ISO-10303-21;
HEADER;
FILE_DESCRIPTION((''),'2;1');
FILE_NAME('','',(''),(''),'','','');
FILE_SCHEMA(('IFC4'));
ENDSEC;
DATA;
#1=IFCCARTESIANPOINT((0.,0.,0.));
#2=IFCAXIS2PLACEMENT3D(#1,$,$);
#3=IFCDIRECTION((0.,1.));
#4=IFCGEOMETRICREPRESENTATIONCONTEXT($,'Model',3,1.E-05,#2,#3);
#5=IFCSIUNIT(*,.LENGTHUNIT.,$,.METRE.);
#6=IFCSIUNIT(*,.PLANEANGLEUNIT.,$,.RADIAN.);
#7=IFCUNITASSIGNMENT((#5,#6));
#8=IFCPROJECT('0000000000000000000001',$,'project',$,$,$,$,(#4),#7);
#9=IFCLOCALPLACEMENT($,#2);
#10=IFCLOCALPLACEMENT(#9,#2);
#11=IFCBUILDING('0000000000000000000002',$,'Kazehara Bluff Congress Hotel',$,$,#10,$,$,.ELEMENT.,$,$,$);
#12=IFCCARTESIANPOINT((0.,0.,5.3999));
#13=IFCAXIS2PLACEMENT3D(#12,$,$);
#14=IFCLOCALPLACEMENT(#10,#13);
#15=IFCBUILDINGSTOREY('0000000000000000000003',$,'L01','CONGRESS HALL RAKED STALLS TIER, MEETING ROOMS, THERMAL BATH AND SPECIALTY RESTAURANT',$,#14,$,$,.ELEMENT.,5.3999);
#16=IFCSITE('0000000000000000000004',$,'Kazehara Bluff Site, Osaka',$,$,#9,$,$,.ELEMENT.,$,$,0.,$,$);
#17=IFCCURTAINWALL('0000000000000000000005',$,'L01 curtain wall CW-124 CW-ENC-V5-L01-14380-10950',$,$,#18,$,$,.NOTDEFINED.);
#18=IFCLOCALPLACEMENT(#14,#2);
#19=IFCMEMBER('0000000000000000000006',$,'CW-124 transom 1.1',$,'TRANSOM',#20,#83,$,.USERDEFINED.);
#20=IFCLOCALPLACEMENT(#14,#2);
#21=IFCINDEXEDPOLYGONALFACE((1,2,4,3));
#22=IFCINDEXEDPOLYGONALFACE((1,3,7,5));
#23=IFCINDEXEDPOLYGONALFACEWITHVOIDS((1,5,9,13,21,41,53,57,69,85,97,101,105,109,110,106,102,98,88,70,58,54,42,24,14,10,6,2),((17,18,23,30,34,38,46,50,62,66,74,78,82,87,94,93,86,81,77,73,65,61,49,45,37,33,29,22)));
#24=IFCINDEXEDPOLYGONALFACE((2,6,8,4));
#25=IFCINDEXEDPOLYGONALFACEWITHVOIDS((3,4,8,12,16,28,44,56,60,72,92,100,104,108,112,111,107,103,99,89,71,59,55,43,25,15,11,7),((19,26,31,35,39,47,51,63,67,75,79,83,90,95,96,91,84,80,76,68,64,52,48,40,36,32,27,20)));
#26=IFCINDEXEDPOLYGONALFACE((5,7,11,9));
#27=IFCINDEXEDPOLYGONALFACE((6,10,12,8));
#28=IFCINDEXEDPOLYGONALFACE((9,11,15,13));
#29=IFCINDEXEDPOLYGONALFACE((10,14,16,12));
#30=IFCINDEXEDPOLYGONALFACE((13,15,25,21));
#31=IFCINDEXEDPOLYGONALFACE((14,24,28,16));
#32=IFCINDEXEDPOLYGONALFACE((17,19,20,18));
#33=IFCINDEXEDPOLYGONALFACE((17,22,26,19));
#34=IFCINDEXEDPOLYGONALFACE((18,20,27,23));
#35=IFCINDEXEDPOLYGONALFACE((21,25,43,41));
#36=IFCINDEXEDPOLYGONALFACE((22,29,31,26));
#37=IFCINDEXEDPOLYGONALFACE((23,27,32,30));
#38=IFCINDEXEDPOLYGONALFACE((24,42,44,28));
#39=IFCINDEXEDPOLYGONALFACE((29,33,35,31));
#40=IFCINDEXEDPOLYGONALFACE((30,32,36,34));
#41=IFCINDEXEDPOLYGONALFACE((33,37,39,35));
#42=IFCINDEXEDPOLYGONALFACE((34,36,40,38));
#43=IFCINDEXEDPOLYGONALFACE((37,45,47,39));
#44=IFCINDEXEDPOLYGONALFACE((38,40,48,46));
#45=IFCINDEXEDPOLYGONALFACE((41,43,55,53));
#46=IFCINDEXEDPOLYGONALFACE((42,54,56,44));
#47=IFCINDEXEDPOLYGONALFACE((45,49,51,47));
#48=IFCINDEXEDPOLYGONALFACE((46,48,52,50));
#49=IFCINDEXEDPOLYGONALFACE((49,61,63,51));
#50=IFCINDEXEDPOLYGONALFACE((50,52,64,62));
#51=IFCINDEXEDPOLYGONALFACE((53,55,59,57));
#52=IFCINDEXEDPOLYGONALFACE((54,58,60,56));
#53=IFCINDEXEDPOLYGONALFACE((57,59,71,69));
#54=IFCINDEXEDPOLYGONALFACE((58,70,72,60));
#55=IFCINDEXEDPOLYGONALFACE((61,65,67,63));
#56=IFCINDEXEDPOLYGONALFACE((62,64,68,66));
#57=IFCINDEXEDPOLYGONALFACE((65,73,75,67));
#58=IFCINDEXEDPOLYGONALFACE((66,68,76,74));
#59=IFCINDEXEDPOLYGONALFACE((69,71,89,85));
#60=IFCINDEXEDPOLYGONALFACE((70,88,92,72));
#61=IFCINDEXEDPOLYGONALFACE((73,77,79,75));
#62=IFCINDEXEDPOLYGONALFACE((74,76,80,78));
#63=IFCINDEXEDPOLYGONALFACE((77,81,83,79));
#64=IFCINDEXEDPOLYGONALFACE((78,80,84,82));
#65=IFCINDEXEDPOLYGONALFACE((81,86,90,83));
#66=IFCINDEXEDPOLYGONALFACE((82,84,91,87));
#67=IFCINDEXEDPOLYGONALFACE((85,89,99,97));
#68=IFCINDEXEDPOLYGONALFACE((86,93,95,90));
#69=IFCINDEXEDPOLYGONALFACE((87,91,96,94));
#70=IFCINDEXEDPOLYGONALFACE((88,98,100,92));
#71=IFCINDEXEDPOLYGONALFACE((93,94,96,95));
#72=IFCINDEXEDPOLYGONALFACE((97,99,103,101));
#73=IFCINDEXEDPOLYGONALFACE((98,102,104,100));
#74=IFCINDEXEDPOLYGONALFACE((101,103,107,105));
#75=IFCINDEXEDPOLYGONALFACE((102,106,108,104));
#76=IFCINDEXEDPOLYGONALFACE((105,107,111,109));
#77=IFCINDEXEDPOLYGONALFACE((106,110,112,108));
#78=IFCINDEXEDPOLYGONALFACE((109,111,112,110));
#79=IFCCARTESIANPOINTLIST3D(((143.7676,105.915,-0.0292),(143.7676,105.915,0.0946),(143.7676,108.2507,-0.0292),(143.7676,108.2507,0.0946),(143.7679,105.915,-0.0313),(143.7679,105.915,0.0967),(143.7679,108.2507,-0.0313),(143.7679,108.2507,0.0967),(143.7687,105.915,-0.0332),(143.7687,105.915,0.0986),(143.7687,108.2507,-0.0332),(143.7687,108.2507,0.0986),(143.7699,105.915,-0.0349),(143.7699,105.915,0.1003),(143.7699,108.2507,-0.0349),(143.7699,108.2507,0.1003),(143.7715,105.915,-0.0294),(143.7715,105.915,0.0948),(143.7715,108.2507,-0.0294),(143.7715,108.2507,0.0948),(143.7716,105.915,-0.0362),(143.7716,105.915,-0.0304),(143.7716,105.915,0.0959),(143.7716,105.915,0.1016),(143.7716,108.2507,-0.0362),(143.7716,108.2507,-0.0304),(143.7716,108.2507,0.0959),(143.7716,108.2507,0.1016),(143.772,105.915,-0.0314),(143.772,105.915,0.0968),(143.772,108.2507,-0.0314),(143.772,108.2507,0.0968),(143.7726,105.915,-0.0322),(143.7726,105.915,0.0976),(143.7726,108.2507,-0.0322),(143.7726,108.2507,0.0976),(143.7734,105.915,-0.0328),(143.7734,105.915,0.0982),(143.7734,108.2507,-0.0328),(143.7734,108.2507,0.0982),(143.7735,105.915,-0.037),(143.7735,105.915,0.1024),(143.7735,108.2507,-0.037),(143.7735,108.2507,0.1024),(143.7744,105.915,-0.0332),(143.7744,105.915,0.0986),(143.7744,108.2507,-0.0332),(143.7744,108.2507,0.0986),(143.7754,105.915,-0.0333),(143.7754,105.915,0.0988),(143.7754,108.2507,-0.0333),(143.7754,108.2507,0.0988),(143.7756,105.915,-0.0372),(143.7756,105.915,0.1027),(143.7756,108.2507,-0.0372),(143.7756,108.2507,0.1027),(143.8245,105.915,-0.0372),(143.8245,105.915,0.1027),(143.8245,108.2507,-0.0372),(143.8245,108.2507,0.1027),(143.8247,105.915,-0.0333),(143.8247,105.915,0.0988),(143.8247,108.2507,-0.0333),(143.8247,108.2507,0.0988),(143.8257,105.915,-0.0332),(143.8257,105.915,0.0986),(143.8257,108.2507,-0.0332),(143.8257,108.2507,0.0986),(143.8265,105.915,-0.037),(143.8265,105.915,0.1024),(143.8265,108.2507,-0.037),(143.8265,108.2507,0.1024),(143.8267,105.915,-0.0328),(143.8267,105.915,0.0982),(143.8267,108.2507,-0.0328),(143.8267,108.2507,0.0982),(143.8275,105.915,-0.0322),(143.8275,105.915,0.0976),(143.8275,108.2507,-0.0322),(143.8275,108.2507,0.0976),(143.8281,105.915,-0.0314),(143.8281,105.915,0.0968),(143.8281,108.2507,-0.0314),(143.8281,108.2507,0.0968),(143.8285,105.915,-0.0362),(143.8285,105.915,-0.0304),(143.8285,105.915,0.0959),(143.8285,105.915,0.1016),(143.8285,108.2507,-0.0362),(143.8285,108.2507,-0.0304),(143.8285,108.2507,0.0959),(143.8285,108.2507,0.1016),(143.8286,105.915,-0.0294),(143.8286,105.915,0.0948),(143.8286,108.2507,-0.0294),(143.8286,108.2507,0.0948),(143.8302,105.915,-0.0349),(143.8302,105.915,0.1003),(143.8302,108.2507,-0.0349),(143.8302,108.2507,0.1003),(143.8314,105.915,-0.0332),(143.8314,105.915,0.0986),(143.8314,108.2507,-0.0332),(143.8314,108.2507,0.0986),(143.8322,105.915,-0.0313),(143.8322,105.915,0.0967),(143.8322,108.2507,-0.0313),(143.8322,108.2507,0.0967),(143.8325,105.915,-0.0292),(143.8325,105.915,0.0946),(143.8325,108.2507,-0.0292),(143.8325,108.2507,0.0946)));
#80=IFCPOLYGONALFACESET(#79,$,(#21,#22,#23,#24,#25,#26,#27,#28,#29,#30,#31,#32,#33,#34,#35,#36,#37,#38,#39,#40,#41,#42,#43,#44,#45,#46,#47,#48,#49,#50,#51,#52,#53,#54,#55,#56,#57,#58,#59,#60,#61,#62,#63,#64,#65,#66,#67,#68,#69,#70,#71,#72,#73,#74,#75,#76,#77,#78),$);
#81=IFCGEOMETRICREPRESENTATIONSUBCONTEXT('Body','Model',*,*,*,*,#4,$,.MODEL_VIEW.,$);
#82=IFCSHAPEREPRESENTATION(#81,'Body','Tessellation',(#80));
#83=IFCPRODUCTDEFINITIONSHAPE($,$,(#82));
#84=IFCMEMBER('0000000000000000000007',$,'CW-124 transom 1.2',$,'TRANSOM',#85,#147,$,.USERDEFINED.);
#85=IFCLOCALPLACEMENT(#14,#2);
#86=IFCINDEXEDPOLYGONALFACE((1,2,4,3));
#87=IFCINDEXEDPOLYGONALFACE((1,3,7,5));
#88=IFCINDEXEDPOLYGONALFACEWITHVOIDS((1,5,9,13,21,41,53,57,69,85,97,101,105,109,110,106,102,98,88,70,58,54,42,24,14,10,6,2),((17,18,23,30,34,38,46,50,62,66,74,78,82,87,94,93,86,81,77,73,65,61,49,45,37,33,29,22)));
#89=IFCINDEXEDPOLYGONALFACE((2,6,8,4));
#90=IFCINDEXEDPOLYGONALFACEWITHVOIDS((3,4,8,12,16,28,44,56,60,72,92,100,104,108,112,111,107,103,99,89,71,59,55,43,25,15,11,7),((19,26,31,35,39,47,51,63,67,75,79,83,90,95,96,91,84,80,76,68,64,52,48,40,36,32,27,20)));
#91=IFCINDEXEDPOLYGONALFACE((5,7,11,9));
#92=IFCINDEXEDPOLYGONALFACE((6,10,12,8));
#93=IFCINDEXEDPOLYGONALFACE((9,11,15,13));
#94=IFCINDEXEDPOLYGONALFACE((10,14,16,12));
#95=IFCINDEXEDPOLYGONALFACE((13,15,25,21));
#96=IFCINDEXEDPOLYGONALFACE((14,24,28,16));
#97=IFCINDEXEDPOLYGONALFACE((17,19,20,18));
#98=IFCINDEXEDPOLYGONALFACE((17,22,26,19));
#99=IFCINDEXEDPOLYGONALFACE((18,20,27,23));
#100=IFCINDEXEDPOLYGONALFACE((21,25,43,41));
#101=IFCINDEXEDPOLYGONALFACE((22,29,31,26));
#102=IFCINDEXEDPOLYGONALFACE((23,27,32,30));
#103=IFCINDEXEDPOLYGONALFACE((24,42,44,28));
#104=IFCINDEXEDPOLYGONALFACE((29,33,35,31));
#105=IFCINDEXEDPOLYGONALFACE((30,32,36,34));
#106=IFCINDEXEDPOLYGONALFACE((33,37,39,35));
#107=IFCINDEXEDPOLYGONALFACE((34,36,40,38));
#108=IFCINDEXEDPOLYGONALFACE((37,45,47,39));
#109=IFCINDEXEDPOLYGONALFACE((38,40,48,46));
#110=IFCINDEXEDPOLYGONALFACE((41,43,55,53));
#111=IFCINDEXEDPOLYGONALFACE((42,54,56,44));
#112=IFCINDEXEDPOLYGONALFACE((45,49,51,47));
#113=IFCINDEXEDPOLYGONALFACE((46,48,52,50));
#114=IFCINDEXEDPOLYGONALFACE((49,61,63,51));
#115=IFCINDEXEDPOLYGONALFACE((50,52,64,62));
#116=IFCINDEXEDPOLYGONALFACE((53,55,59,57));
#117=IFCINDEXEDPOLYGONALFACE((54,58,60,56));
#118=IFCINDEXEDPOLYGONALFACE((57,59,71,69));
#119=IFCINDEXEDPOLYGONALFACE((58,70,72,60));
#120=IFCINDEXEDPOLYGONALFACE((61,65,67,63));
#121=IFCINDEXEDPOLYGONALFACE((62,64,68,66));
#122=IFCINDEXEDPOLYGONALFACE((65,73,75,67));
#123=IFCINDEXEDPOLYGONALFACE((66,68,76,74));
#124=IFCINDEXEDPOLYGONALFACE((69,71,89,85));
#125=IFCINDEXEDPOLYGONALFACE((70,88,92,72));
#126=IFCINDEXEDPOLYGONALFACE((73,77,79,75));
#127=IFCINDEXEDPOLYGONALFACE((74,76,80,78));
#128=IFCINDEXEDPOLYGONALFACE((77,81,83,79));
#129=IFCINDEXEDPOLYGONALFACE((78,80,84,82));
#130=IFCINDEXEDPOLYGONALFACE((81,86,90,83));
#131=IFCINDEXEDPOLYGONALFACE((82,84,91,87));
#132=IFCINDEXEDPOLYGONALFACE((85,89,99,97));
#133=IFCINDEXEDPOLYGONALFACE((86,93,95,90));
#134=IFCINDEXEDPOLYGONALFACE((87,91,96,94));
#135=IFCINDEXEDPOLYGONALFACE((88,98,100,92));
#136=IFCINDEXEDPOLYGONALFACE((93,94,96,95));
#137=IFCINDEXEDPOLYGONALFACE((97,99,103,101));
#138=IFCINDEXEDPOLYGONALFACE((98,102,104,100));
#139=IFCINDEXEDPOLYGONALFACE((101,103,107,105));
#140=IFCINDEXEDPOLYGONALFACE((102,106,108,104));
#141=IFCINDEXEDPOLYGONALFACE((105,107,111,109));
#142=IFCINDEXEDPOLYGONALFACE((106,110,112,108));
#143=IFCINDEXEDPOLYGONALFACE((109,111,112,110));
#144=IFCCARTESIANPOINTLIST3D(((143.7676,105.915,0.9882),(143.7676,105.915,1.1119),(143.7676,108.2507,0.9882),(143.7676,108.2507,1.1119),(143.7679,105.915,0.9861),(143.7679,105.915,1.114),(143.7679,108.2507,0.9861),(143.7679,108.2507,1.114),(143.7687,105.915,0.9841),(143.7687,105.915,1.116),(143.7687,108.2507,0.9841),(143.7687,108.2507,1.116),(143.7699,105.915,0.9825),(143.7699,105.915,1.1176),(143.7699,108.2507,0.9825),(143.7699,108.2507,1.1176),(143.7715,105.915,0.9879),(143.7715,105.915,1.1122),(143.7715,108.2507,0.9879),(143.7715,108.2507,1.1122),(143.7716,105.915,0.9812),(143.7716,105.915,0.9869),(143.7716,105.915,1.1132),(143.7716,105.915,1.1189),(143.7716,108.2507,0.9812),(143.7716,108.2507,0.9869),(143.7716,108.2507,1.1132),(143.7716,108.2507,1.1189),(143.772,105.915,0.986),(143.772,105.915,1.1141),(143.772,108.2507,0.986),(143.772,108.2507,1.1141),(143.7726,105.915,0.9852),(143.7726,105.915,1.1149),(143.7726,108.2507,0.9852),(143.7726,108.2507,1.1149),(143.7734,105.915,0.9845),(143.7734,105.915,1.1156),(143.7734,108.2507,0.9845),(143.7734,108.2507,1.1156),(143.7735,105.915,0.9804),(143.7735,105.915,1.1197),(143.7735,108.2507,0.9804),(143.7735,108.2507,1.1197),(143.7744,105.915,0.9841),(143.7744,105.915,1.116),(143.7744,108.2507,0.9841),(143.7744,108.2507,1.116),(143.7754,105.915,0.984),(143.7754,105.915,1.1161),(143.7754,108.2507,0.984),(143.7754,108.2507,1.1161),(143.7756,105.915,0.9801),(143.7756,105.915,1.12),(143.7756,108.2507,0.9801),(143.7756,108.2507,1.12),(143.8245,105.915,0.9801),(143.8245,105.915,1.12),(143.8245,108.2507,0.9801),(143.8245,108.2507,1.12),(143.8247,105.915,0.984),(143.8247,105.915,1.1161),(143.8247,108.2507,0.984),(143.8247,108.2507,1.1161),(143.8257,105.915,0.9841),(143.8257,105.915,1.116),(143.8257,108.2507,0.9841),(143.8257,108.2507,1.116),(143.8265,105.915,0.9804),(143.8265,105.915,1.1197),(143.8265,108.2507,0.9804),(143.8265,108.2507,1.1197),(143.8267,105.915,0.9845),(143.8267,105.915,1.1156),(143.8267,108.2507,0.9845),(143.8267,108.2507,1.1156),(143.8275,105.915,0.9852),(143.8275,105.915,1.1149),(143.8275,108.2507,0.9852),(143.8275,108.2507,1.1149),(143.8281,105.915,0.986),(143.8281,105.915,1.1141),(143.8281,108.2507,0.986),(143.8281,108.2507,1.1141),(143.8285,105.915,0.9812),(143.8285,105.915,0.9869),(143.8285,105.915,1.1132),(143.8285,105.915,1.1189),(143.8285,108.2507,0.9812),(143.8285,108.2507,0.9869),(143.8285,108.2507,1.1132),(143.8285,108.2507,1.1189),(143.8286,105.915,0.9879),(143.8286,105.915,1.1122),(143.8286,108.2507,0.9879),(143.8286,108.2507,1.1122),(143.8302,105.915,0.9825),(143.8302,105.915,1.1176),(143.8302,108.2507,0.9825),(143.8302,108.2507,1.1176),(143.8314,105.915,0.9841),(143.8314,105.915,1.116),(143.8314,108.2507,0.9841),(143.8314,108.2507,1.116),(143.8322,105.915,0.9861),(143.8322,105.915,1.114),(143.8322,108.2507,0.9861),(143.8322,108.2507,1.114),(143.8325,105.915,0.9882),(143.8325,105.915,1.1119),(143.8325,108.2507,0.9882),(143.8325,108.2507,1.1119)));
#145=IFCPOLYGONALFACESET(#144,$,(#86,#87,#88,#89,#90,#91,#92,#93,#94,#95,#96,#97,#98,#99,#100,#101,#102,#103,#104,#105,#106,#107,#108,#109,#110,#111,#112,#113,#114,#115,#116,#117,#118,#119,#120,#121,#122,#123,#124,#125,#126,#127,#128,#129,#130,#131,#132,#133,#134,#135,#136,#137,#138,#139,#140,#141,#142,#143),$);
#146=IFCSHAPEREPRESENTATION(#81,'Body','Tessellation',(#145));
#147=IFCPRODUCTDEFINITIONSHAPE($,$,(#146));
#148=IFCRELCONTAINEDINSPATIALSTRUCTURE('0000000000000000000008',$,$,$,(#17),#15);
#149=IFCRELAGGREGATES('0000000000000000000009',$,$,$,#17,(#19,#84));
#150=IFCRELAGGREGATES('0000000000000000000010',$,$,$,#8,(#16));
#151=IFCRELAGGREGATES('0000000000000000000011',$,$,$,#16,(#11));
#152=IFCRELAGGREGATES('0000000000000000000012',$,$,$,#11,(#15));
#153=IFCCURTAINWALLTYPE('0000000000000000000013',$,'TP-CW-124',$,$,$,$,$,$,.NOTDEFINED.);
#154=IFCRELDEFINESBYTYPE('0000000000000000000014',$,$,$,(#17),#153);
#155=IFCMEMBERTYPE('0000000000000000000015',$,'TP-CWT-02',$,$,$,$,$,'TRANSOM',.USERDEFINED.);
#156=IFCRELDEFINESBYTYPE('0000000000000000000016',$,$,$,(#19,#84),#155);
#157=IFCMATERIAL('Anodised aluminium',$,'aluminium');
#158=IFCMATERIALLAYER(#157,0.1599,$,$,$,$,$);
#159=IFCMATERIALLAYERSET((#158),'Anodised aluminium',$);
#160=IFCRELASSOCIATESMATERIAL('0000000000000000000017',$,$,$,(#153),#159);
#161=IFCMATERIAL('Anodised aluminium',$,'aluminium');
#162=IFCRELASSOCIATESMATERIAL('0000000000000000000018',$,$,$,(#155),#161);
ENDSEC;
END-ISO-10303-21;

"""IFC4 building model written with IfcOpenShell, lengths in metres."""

from ifc_helpers import new_model, si_unit, direction, frame, origin, origin_2d, place, context, subcontext, project, spatial, hollow_rectangle, extrude, material, layer, layer_set, material_profile, profile_set, type_object, element, aggregate, save


model = new_model("IFC4")

# Units and contexts
model_context = context("Model", 3, precision=1e-05, world=origin(), true_north=direction((0.0, 1.0)))
body_context = subcontext(model_context, "Body", "Model", "MODEL_VIEW")
ifc_project = project(units=[si_unit("LENGTHUNIT", "METRE"), si_unit("PLANEANGLEUNIT", "RADIAN")], contexts=[model_context])

# Site, building, storey
site_placement = place(None, origin())
site = spatial("IfcSite", under=ifc_project, at=site_placement, Name="Kazehara Bluff Site, Osaka", CompositionType="ELEMENT", RefElevation=0.0)
building_placement = place(site_placement, origin())
building = spatial("IfcBuilding", under=site, at=building_placement, Name="Kazehara Bluff Congress Hotel", CompositionType="ELEMENT")
storey_placement = place(building_placement, frame((0.0, 0.0, 5.3999)))
storey = spatial("IfcBuildingStorey", under=building, at=storey_placement, Name="L01", Description="CONGRESS HALL RAKED STALLS TIER, MEETING ROOMS, THERMAL BATH AND SPECIALTY RESTAURANT", CompositionType="ELEMENT", Elevation=5.3999)

# Curtain wall
ifc_material_1 = material(Name="Anodised aluminium", Category="aluminium")
ifc_layer_1 = layer(ifc_material_1, 0.1599)
ifc_layer_set_1 = layer_set([ifc_layer_1], Name="Anodised aluminium")
curtain_wall_type_1 = type_object("IfcCurtainWallType", Name="TP-CW-124", PredefinedType="NOTDEFINED", material=ifc_layer_set_1)
curtain_wall_1_placement = place(storey_placement, origin())
curtain_wall_1 = element("IfcCurtainWall", 1, at=curtain_wall_1_placement, inside=storey, type_object=curtain_wall_type_1, Name="L01 curtain wall CW-124 CW-ENC-V5-L01-14380-10950", PredefinedType="NOTDEFINED")

# Members
ifc_material_2 = material(Name="Anodised aluminium", Category="aluminium")
ifc_material_profile_1 = material_profile(ifc_material_2, hollow_rectangle(XDim=0.0649, YDim=0.1399, WallThickness=0.0039, InnerFilletRadius=0.0039, OuterFilletRadius=0.0081, at=origin_2d()))
ifc_profile_set_1 = profile_set([ifc_material_profile_1], Name="Anodised aluminium")
member_type_1 = type_object("IfcMemberType", Name="TP-CWT-02", ElementType="TRANSOM", PredefinedType="USERDEFINED", material=ifc_profile_set_1)
member_1_placement = place(storey_placement, frame((143.8, 105.915, 0.0327), z_axis=(0.0, 1.0, 0.0), x_axis=(-1.0, 0.0, 0.0)))
member_1 = element("IfcMember", 2, at=member_1_placement, type_object=member_type_1, Name="CW-124 transom 1.1", ObjectType="TRANSOM", PredefinedType="USERDEFINED", context=body_context, shape_type="SweptSolid", body=[
    extrude(hollow_rectangle(XDim=0.0649, YDim=0.1399, WallThickness=0.0039, InnerFilletRadius=0.0039, OuterFilletRadius=0.0081, at=origin_2d()), origin(), (0.0, 0.0, 1.0), 2.3357),
])
member_2_placement = place(storey_placement, frame((143.8, 105.915, 1.05), z_axis=(0.0, 1.0, 0.0), x_axis=(-1.0, 0.0, 0.0)))
member_2 = element("IfcMember", 3, at=member_2_placement, type_object=member_type_1, Name="CW-124 transom 1.2", ObjectType="TRANSOM", PredefinedType="USERDEFINED", context=body_context, shape_type="SweptSolid", body=[
    extrude(hollow_rectangle(XDim=0.0649, YDim=0.1399, WallThickness=0.0039, InnerFilletRadius=0.0039, OuterFilletRadius=0.0081, at=origin_2d()), origin(), (0.0, 0.0, 1.0), 2.3357),
])

aggregate(curtain_wall_1, [member_1, member_2])

save(model, "model.ifc")
